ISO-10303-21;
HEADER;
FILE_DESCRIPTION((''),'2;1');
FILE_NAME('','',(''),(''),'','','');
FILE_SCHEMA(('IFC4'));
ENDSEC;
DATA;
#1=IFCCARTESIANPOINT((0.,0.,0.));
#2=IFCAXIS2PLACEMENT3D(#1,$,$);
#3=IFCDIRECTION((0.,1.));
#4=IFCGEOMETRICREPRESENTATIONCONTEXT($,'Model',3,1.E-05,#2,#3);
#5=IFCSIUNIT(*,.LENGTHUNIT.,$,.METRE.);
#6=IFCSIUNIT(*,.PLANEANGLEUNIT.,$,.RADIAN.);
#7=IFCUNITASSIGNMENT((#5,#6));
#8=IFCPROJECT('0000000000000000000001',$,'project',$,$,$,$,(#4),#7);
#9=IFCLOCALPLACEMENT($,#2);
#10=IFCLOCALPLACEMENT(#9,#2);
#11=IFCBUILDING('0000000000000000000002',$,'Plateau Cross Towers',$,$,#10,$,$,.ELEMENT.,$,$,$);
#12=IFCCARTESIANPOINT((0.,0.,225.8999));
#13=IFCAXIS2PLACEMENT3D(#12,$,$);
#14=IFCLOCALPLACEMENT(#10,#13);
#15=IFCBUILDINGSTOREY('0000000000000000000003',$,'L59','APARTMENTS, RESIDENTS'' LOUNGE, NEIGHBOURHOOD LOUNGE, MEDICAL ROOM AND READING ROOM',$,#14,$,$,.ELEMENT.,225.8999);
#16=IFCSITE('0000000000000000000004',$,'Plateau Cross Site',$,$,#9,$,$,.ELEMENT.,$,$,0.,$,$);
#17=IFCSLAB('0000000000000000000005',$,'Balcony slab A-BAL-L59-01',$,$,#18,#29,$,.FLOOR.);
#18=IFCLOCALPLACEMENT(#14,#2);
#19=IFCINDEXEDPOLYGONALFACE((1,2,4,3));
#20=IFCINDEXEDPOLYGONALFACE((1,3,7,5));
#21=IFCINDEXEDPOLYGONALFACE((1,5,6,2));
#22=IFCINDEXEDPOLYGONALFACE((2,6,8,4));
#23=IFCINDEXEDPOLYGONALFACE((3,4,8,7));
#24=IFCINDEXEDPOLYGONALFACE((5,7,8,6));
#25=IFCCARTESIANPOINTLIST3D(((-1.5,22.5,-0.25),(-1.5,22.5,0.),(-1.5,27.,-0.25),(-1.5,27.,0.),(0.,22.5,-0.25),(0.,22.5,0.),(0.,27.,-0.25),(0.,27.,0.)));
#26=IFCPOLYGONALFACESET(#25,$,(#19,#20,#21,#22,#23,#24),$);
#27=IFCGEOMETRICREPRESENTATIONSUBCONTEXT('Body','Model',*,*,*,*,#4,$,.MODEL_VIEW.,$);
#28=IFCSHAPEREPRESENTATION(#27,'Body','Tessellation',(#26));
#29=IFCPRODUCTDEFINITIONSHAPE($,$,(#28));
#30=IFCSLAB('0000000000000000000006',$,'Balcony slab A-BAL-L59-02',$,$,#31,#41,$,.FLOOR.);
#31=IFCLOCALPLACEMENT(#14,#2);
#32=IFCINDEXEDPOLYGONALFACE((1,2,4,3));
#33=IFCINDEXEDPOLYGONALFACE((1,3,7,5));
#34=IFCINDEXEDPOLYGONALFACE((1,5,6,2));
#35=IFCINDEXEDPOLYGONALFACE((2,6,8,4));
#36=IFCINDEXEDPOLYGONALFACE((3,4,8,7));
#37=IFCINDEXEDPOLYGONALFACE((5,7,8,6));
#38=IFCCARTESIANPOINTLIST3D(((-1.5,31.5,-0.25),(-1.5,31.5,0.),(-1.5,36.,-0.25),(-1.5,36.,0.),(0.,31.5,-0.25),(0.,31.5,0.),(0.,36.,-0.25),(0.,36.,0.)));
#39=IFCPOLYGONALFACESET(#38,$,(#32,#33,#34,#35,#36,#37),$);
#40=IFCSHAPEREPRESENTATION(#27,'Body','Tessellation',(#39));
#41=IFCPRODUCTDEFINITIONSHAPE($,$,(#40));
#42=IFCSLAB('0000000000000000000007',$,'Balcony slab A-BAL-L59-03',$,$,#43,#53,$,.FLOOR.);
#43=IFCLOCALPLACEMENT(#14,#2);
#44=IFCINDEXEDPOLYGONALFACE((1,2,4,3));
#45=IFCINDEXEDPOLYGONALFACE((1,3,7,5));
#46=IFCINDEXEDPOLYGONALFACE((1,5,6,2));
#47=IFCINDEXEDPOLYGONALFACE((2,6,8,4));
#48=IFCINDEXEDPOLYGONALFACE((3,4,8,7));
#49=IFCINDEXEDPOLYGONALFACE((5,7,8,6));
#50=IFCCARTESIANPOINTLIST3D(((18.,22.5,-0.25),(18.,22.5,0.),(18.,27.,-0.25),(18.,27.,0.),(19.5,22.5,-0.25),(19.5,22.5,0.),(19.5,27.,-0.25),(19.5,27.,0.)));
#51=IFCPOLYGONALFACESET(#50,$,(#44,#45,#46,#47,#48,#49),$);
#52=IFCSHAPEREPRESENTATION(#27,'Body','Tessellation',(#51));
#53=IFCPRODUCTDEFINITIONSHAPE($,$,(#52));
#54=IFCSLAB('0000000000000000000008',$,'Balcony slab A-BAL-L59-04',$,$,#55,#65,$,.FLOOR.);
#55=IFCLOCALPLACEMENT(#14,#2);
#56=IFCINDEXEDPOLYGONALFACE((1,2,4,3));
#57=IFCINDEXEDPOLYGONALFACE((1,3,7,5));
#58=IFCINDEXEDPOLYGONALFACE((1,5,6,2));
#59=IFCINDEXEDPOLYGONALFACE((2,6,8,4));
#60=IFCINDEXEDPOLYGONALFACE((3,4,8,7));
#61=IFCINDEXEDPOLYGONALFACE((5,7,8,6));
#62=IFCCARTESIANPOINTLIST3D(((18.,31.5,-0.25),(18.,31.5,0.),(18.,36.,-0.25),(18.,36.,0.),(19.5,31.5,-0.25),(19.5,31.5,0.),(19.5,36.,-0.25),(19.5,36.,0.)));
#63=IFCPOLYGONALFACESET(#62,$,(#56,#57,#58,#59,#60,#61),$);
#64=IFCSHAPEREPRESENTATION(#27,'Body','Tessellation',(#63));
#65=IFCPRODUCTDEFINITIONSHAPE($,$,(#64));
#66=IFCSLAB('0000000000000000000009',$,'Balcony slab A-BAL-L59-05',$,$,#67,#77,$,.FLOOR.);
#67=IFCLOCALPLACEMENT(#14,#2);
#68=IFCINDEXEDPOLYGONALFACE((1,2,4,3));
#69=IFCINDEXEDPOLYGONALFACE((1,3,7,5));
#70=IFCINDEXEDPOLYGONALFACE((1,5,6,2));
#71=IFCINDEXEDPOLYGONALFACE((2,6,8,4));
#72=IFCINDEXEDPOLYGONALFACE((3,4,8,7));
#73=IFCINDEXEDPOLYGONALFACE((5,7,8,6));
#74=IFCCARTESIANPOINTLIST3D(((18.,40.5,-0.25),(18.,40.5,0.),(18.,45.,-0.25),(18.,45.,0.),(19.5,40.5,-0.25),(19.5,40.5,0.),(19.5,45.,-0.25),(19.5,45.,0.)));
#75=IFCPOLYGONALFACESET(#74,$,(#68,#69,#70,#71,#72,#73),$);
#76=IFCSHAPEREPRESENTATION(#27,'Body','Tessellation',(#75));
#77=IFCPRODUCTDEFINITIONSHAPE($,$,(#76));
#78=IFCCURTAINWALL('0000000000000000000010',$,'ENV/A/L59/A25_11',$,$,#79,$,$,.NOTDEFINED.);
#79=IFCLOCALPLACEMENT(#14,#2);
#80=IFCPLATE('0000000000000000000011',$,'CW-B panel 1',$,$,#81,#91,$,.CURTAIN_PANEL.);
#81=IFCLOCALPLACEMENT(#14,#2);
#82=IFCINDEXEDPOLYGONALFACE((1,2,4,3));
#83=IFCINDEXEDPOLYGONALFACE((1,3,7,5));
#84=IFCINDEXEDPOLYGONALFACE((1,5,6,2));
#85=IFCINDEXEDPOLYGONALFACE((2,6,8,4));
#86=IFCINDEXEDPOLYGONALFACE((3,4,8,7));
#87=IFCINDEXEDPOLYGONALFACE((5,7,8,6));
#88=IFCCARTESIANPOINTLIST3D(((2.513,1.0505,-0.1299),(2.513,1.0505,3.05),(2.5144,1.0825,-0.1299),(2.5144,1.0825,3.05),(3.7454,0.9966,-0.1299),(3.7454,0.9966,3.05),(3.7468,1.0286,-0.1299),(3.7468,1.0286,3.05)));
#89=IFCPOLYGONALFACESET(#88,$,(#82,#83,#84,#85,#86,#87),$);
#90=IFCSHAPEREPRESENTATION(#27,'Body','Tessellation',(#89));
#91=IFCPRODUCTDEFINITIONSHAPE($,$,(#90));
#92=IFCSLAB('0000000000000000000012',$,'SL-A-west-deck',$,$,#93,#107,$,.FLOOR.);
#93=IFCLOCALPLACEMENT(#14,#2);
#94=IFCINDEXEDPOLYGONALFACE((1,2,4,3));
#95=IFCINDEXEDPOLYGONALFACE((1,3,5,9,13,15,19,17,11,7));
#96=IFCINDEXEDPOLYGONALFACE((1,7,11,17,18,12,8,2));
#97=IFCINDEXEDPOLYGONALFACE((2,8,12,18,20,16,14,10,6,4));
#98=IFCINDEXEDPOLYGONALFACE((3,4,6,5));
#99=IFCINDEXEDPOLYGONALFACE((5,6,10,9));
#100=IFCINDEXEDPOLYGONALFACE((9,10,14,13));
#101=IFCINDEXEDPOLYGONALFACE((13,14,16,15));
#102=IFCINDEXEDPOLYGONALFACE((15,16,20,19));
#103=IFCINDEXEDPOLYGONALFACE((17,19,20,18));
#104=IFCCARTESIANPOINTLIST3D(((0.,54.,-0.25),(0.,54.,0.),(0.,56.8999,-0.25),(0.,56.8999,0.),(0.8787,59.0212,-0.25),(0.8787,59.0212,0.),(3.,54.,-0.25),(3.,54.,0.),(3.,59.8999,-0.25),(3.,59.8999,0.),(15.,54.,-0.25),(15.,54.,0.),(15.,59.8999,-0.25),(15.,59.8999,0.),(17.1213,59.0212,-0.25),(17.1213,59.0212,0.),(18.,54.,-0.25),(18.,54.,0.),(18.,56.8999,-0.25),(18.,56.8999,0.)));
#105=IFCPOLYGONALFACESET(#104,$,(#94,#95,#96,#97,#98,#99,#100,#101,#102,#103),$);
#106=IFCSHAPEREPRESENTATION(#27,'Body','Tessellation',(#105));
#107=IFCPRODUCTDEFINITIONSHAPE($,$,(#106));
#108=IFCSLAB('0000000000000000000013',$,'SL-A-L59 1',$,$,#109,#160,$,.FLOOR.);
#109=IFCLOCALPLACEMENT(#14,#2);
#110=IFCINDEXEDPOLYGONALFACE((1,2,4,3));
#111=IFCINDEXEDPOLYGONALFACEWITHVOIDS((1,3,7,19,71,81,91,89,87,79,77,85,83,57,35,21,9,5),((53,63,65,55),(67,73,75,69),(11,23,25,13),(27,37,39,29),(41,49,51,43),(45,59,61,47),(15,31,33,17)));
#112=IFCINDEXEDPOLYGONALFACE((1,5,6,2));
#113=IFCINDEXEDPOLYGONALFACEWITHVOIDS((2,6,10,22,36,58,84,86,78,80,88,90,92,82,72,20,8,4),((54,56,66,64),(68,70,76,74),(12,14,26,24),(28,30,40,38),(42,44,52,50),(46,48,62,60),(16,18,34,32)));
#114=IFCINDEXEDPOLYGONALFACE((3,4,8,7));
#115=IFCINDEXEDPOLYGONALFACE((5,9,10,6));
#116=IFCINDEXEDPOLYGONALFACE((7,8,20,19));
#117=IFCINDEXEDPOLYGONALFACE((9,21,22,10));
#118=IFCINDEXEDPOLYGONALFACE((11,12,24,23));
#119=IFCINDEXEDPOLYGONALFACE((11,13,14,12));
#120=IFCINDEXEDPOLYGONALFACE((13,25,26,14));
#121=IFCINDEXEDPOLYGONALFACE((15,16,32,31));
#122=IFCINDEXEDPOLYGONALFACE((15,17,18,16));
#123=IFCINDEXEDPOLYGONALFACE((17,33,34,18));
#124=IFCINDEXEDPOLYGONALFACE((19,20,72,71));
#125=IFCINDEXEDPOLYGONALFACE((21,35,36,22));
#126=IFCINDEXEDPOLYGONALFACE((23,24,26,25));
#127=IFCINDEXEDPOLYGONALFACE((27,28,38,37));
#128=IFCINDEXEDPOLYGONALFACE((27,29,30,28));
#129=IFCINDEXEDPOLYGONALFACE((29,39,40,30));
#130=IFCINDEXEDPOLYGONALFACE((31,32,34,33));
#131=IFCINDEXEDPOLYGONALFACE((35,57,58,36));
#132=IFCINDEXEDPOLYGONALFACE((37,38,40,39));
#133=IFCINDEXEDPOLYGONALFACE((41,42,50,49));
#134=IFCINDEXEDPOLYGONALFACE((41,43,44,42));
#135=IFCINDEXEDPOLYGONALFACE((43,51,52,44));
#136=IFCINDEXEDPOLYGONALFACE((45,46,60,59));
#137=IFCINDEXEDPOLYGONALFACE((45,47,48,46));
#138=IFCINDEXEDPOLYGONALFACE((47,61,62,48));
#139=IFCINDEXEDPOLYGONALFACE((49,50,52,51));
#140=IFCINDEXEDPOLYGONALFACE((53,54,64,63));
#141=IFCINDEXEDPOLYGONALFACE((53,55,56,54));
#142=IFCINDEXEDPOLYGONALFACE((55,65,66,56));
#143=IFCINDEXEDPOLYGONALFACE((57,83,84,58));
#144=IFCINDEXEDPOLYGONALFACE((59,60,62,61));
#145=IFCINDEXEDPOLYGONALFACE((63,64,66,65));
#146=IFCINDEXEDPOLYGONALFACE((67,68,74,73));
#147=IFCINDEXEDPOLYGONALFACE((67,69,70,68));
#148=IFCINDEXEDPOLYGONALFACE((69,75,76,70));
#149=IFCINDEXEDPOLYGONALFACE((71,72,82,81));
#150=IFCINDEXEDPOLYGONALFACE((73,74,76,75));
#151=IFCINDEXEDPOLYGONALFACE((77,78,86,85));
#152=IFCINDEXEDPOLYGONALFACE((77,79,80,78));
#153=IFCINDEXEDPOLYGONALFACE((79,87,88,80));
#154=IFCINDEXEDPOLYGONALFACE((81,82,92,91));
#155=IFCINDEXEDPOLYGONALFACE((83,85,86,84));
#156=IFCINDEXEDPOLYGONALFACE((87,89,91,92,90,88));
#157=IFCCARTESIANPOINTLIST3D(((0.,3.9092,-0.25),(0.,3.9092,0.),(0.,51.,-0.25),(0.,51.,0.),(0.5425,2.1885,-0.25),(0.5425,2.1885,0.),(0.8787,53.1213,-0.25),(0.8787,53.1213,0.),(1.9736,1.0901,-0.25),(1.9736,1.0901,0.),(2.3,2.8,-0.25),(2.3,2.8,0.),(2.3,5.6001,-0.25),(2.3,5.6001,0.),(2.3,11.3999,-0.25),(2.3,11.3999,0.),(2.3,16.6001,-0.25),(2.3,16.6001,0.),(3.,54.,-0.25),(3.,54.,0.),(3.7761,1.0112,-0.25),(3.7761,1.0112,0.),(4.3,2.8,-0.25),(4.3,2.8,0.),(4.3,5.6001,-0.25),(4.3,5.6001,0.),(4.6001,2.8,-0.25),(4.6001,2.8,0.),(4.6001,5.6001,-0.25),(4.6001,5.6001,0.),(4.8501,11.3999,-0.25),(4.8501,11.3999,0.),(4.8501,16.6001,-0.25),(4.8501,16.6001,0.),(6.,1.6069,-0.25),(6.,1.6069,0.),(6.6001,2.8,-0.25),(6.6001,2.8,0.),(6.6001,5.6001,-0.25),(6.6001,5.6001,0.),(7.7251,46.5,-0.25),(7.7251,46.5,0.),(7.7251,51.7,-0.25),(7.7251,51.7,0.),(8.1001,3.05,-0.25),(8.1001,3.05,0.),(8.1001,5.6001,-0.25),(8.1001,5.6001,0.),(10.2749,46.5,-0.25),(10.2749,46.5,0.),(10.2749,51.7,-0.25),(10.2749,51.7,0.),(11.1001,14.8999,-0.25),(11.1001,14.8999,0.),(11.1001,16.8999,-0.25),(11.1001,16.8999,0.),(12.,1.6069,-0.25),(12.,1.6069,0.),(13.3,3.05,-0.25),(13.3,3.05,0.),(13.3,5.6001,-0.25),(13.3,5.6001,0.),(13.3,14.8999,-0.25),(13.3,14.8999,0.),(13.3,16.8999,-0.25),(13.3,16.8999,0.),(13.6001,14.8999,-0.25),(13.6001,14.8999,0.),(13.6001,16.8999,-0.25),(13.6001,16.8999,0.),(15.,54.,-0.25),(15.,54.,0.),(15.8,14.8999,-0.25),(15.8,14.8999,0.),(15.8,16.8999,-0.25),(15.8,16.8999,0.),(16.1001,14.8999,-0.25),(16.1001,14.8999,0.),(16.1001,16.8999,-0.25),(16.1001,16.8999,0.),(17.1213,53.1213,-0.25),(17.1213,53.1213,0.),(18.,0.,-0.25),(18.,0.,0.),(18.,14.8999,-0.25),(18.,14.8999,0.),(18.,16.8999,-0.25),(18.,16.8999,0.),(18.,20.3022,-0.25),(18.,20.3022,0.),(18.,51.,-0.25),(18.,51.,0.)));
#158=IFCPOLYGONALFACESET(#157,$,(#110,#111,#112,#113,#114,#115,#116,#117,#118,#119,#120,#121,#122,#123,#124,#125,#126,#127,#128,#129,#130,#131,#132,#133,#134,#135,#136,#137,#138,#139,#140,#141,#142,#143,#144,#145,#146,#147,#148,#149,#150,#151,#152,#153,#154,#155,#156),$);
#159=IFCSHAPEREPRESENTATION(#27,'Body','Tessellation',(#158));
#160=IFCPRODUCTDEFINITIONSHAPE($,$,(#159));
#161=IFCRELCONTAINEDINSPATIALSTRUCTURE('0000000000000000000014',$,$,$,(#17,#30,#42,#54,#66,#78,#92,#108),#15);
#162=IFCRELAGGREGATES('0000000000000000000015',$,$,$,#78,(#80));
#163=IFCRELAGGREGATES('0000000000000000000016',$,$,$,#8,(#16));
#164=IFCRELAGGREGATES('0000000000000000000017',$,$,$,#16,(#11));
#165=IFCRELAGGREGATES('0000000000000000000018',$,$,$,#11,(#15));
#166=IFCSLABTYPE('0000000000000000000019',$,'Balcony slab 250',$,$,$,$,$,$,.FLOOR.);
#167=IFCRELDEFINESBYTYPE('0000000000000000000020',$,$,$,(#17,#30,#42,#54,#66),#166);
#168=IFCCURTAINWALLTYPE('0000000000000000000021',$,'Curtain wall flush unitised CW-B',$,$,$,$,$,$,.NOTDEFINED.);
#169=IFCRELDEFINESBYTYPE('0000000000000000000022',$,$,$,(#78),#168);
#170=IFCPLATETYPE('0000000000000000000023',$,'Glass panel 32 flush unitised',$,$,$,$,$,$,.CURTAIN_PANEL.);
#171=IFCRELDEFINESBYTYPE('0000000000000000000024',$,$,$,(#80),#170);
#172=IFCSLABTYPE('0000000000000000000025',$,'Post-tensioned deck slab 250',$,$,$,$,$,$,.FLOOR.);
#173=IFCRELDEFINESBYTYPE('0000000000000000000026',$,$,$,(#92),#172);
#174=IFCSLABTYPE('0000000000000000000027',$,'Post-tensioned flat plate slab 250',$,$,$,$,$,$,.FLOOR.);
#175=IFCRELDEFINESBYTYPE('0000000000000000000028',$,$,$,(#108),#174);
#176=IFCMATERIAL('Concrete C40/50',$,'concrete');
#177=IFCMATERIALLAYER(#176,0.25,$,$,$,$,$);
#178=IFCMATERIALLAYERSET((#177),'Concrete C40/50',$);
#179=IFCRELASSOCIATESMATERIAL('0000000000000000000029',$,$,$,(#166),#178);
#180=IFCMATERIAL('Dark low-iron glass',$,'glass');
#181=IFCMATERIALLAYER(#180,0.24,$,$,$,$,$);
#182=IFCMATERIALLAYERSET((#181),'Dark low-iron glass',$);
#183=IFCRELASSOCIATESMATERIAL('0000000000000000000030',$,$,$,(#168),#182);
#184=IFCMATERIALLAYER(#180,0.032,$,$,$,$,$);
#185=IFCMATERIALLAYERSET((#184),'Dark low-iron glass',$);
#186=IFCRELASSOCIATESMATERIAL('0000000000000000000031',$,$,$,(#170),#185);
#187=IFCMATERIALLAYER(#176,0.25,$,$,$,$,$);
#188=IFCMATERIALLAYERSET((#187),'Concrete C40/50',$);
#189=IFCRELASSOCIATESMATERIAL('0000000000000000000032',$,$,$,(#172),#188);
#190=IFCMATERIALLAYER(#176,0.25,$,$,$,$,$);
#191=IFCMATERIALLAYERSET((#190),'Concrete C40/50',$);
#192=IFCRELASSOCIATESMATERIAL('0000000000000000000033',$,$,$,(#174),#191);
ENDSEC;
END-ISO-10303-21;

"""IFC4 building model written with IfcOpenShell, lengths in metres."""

from ifc_helpers import new_model, si_unit, direction, frame, origin, origin_2d, place, context, subcontext, project, spatial, polyline, rectangle, outline, extrude, material, layer, layer_set, type_object, element, aggregate, save


model = new_model("IFC4")

# Units and contexts
model_context = context("Model", 3, precision=1e-05, world=origin(), true_north=direction((0.0, 1.0)))
body_context = subcontext(model_context, "Body", "Model", "MODEL_VIEW")
ifc_project = project(units=[si_unit("LENGTHUNIT", "METRE"), si_unit("PLANEANGLEUNIT", "RADIAN")], contexts=[model_context])

# Site, building, storey
site_placement = place(None, origin())
site = spatial("IfcSite", under=ifc_project, at=site_placement, Name="Plateau Cross Site", CompositionType="ELEMENT", RefElevation=0.0)
building_placement = place(site_placement, origin())
building = spatial("IfcBuilding", under=site, at=building_placement, Name="Plateau Cross Towers", CompositionType="ELEMENT")
storey_placement = place(building_placement, frame((0.0, 0.0, 225.8999)))
storey = spatial("IfcBuildingStorey", under=building, at=storey_placement, Name="L59", Description="APARTMENTS, RESIDENTS' LOUNGE, NEIGHBOURHOOD LOUNGE, MEDICAL ROOM AND READING ROOM", CompositionType="ELEMENT", Elevation=225.8999)

# Slabs
ifc_material_1 = material(Name="Concrete C40/50", Category="concrete")
ifc_layer_1 = layer(ifc_material_1, 0.25)
ifc_layer_set_1 = layer_set([ifc_layer_1], Name="Concrete C40/50")
slab_type_1 = type_object("IfcSlabType", Name="Balcony slab 250", PredefinedType="FLOOR", material=ifc_layer_set_1)
slab_1_placement = place(storey_placement, frame((0.0, 0.0, -0.25)))
element("IfcSlab", 1, at=slab_1_placement, inside=storey, type_object=slab_type_1, Name="Balcony slab A-BAL-L59-01", PredefinedType="FLOOR", context=body_context, shape_type="SweptSolid", body=[
    extrude(outline(polyline([(0.0, 22.5), (0.0, 27.0), (-1.5, 27.0), (-1.5, 22.5), (0.0, 22.5)])), origin(), (0.0, 0.0, 1.0), 0.25),
])
slab_2_placement = place(storey_placement, frame((0.0, 0.0, -0.25)))
element("IfcSlab", 2, at=slab_2_placement, inside=storey, type_object=slab_type_1, Name="Balcony slab A-BAL-L59-02", PredefinedType="FLOOR", context=body_context, shape_type="SweptSolid", body=[
    extrude(outline(polyline([(0.0, 31.5), (0.0, 36.0), (-1.5, 36.0), (-1.5, 31.5), (0.0, 31.5)])), origin(), (0.0, 0.0, 1.0), 0.25),
])
slab_3_placement = place(storey_placement, frame((0.0, 0.0, -0.25)))
element("IfcSlab", 3, at=slab_3_placement, inside=storey, type_object=slab_type_1, Name="Balcony slab A-BAL-L59-03", PredefinedType="FLOOR", context=body_context, shape_type="SweptSolid", body=[
    extrude(outline(polyline([(19.5, 22.5), (19.5, 27.0), (18.0, 27.0), (18.0, 22.5), (19.5, 22.5)])), origin(), (0.0, 0.0, 1.0), 0.25),
])
slab_4_placement = place(storey_placement, frame((0.0, 0.0, -0.25)))
element("IfcSlab", 4, at=slab_4_placement, inside=storey, type_object=slab_type_1, Name="Balcony slab A-BAL-L59-04", PredefinedType="FLOOR", context=body_context, shape_type="SweptSolid", body=[
    extrude(outline(polyline([(19.5, 31.5), (19.5, 36.0), (18.0, 36.0), (18.0, 31.5), (19.5, 31.5)])), origin(), (0.0, 0.0, 1.0), 0.25),
])
slab_5_placement = place(storey_placement, frame((0.0, 0.0, -0.25)))
element("IfcSlab", 5, at=slab_5_placement, inside=storey, type_object=slab_type_1, Name="Balcony slab A-BAL-L59-05", PredefinedType="FLOOR", context=body_context, shape_type="SweptSolid", body=[
    extrude(outline(polyline([(19.5, 40.5), (19.5, 45.0), (18.0, 45.0), (18.0, 40.5), (19.5, 40.5)])), origin(), (0.0, 0.0, 1.0), 0.25),
])

# Curtain wall, plate
ifc_material_2 = material(Name="Dark low-iron glass", Category="glass")
ifc_layer_2 = layer(ifc_material_2, 0.24)
ifc_layer_set_2 = layer_set([ifc_layer_2], Name="Dark low-iron glass")
curtain_wall_type = type_object("IfcCurtainWallType", Name="Curtain wall flush unitised CW-B", PredefinedType="NOTDEFINED", material=ifc_layer_set_2)
curtain_wall_placement = place(storey_placement, origin())
curtain_wall = element("IfcCurtainWall", 6, at=curtain_wall_placement, inside=storey, type_object=curtain_wall_type, Name="ENV/A/L59/A25_11", PredefinedType="NOTDEFINED")
ifc_layer_3 = layer(ifc_material_2, 0.032)
ifc_layer_set_3 = layer_set([ifc_layer_3], Name="Dark low-iron glass")
plate_type = type_object("IfcPlateType", Name="Glass panel 32 flush unitised", PredefinedType="CURTAIN_PANEL", material=ifc_layer_set_3)
plate_placement = place(storey_placement, frame((3.1299, 1.0396, -0.1299), z_axis=(0.0, 0.0, 1.0), x_axis=(0.999044, -0.043723, 0.0)))
plate = element("IfcPlate", 7, at=plate_placement, type_object=plate_type, Name="CW-B panel 1", PredefinedType="CURTAIN_PANEL", context=body_context, shape_type="SweptSolid", body=[
    extrude(rectangle(XDim=1.2336, YDim=0.032, at=origin_2d()), origin(), (0.0, 0.0, 1.0), 3.1799),
])
aggregate(curtain_wall, [plate])

# Slabs
ifc_layer_4 = layer(ifc_material_1, 0.25)
ifc_layer_set_4 = layer_set([ifc_layer_4], Name="Concrete C40/50")
slab_type_2 = type_object("IfcSlabType", Name="Post-tensioned deck slab 250", PredefinedType="FLOOR", material=ifc_layer_set_4)
slab_6_placement = place(storey_placement, frame((0.0, 0.0, -0.25)))
element("IfcSlab", 8, at=slab_6_placement, inside=storey, type_object=slab_type_2, Name="SL-A-west-deck", PredefinedType="FLOOR", context=body_context, shape_type="SweptSolid", body=[
    extrude(outline(polyline([(0.0, 56.8999), (0.8787, 59.0212), (3.0, 59.8999), (15.0, 59.8999), (17.1213, 59.0212), (18.0, 56.8999), (18.0, 54.0), (15.0, 54.0), (3.0, 54.0), (0.0, 54.0), (0.0, 56.8999)])), origin(), (0.0, 0.0, 1.0), 0.25),
])
ifc_layer_5 = layer(ifc_material_1, 0.25)
ifc_layer_set_5 = layer_set([ifc_layer_5], Name="Concrete C40/50")
slab_type_3 = type_object("IfcSlabType", Name="Post-tensioned flat plate slab 250", PredefinedType="FLOOR", material=ifc_layer_set_5)
slab_7_placement = place(storey_placement, frame((0.0, 0.0, -0.25)))
element("IfcSlab", 9, at=slab_7_placement, inside=storey, type_object=slab_type_3, Name="SL-A-L59 1", PredefinedType="FLOOR", context=body_context, shape_type="SweptSolid", body=[
    extrude(outline(polyline([(0.5425, 2.1885), (0.0, 3.9092), (0.0, 51.0), (0.8787, 53.1213), (3.0, 54.0), (15.0, 54.0), (17.1213, 53.1213), (18.0, 51.0), (18.0, 20.3022), (18.0, 16.8999), (16.1001, 16.8999), (16.1001, 14.8999), (18.0, 14.8999), (18.0, 0.0), (12.0, 1.6069), (6.0, 1.6069), (3.7761, 1.0112), (1.9736, 1.0901), (0.5425, 2.1885)]), holes=[polyline([(2.3, 5.6001), (2.3, 2.8), (4.3, 2.8), (4.3, 5.6001), (2.3, 5.6001)]), polyline([(4.6001, 5.6001), (4.6001, 2.8), (6.6001, 2.8), (6.6001, 5.6001), (4.6001, 5.6001)]), polyline([(8.1001, 5.6001), (8.1001, 3.05), (13.3, 3.05), (13.3, 5.6001), (8.1001, 5.6001)]), polyline([(2.3, 11.3999), (4.8501, 11.3999), (4.8501, 16.6001), (2.3, 16.6001), (2.3, 11.3999)]), polyline([(11.1001, 16.8999), (11.1001, 14.8999), (13.3, 14.8999), (13.3, 16.8999), (11.1001, 16.8999)]), polyline([(13.6001, 16.8999), (13.6001, 14.8999), (15.8, 14.8999), (15.8, 16.8999), (13.6001, 16.8999)]), polyline([(7.7251, 51.7), (7.7251, 46.5), (10.2749, 46.5), (10.2749, 51.7), (7.7251, 51.7)])]), origin(), (0.0, 0.0, 1.0), 0.25),
])

save(model, "model.ifc")
